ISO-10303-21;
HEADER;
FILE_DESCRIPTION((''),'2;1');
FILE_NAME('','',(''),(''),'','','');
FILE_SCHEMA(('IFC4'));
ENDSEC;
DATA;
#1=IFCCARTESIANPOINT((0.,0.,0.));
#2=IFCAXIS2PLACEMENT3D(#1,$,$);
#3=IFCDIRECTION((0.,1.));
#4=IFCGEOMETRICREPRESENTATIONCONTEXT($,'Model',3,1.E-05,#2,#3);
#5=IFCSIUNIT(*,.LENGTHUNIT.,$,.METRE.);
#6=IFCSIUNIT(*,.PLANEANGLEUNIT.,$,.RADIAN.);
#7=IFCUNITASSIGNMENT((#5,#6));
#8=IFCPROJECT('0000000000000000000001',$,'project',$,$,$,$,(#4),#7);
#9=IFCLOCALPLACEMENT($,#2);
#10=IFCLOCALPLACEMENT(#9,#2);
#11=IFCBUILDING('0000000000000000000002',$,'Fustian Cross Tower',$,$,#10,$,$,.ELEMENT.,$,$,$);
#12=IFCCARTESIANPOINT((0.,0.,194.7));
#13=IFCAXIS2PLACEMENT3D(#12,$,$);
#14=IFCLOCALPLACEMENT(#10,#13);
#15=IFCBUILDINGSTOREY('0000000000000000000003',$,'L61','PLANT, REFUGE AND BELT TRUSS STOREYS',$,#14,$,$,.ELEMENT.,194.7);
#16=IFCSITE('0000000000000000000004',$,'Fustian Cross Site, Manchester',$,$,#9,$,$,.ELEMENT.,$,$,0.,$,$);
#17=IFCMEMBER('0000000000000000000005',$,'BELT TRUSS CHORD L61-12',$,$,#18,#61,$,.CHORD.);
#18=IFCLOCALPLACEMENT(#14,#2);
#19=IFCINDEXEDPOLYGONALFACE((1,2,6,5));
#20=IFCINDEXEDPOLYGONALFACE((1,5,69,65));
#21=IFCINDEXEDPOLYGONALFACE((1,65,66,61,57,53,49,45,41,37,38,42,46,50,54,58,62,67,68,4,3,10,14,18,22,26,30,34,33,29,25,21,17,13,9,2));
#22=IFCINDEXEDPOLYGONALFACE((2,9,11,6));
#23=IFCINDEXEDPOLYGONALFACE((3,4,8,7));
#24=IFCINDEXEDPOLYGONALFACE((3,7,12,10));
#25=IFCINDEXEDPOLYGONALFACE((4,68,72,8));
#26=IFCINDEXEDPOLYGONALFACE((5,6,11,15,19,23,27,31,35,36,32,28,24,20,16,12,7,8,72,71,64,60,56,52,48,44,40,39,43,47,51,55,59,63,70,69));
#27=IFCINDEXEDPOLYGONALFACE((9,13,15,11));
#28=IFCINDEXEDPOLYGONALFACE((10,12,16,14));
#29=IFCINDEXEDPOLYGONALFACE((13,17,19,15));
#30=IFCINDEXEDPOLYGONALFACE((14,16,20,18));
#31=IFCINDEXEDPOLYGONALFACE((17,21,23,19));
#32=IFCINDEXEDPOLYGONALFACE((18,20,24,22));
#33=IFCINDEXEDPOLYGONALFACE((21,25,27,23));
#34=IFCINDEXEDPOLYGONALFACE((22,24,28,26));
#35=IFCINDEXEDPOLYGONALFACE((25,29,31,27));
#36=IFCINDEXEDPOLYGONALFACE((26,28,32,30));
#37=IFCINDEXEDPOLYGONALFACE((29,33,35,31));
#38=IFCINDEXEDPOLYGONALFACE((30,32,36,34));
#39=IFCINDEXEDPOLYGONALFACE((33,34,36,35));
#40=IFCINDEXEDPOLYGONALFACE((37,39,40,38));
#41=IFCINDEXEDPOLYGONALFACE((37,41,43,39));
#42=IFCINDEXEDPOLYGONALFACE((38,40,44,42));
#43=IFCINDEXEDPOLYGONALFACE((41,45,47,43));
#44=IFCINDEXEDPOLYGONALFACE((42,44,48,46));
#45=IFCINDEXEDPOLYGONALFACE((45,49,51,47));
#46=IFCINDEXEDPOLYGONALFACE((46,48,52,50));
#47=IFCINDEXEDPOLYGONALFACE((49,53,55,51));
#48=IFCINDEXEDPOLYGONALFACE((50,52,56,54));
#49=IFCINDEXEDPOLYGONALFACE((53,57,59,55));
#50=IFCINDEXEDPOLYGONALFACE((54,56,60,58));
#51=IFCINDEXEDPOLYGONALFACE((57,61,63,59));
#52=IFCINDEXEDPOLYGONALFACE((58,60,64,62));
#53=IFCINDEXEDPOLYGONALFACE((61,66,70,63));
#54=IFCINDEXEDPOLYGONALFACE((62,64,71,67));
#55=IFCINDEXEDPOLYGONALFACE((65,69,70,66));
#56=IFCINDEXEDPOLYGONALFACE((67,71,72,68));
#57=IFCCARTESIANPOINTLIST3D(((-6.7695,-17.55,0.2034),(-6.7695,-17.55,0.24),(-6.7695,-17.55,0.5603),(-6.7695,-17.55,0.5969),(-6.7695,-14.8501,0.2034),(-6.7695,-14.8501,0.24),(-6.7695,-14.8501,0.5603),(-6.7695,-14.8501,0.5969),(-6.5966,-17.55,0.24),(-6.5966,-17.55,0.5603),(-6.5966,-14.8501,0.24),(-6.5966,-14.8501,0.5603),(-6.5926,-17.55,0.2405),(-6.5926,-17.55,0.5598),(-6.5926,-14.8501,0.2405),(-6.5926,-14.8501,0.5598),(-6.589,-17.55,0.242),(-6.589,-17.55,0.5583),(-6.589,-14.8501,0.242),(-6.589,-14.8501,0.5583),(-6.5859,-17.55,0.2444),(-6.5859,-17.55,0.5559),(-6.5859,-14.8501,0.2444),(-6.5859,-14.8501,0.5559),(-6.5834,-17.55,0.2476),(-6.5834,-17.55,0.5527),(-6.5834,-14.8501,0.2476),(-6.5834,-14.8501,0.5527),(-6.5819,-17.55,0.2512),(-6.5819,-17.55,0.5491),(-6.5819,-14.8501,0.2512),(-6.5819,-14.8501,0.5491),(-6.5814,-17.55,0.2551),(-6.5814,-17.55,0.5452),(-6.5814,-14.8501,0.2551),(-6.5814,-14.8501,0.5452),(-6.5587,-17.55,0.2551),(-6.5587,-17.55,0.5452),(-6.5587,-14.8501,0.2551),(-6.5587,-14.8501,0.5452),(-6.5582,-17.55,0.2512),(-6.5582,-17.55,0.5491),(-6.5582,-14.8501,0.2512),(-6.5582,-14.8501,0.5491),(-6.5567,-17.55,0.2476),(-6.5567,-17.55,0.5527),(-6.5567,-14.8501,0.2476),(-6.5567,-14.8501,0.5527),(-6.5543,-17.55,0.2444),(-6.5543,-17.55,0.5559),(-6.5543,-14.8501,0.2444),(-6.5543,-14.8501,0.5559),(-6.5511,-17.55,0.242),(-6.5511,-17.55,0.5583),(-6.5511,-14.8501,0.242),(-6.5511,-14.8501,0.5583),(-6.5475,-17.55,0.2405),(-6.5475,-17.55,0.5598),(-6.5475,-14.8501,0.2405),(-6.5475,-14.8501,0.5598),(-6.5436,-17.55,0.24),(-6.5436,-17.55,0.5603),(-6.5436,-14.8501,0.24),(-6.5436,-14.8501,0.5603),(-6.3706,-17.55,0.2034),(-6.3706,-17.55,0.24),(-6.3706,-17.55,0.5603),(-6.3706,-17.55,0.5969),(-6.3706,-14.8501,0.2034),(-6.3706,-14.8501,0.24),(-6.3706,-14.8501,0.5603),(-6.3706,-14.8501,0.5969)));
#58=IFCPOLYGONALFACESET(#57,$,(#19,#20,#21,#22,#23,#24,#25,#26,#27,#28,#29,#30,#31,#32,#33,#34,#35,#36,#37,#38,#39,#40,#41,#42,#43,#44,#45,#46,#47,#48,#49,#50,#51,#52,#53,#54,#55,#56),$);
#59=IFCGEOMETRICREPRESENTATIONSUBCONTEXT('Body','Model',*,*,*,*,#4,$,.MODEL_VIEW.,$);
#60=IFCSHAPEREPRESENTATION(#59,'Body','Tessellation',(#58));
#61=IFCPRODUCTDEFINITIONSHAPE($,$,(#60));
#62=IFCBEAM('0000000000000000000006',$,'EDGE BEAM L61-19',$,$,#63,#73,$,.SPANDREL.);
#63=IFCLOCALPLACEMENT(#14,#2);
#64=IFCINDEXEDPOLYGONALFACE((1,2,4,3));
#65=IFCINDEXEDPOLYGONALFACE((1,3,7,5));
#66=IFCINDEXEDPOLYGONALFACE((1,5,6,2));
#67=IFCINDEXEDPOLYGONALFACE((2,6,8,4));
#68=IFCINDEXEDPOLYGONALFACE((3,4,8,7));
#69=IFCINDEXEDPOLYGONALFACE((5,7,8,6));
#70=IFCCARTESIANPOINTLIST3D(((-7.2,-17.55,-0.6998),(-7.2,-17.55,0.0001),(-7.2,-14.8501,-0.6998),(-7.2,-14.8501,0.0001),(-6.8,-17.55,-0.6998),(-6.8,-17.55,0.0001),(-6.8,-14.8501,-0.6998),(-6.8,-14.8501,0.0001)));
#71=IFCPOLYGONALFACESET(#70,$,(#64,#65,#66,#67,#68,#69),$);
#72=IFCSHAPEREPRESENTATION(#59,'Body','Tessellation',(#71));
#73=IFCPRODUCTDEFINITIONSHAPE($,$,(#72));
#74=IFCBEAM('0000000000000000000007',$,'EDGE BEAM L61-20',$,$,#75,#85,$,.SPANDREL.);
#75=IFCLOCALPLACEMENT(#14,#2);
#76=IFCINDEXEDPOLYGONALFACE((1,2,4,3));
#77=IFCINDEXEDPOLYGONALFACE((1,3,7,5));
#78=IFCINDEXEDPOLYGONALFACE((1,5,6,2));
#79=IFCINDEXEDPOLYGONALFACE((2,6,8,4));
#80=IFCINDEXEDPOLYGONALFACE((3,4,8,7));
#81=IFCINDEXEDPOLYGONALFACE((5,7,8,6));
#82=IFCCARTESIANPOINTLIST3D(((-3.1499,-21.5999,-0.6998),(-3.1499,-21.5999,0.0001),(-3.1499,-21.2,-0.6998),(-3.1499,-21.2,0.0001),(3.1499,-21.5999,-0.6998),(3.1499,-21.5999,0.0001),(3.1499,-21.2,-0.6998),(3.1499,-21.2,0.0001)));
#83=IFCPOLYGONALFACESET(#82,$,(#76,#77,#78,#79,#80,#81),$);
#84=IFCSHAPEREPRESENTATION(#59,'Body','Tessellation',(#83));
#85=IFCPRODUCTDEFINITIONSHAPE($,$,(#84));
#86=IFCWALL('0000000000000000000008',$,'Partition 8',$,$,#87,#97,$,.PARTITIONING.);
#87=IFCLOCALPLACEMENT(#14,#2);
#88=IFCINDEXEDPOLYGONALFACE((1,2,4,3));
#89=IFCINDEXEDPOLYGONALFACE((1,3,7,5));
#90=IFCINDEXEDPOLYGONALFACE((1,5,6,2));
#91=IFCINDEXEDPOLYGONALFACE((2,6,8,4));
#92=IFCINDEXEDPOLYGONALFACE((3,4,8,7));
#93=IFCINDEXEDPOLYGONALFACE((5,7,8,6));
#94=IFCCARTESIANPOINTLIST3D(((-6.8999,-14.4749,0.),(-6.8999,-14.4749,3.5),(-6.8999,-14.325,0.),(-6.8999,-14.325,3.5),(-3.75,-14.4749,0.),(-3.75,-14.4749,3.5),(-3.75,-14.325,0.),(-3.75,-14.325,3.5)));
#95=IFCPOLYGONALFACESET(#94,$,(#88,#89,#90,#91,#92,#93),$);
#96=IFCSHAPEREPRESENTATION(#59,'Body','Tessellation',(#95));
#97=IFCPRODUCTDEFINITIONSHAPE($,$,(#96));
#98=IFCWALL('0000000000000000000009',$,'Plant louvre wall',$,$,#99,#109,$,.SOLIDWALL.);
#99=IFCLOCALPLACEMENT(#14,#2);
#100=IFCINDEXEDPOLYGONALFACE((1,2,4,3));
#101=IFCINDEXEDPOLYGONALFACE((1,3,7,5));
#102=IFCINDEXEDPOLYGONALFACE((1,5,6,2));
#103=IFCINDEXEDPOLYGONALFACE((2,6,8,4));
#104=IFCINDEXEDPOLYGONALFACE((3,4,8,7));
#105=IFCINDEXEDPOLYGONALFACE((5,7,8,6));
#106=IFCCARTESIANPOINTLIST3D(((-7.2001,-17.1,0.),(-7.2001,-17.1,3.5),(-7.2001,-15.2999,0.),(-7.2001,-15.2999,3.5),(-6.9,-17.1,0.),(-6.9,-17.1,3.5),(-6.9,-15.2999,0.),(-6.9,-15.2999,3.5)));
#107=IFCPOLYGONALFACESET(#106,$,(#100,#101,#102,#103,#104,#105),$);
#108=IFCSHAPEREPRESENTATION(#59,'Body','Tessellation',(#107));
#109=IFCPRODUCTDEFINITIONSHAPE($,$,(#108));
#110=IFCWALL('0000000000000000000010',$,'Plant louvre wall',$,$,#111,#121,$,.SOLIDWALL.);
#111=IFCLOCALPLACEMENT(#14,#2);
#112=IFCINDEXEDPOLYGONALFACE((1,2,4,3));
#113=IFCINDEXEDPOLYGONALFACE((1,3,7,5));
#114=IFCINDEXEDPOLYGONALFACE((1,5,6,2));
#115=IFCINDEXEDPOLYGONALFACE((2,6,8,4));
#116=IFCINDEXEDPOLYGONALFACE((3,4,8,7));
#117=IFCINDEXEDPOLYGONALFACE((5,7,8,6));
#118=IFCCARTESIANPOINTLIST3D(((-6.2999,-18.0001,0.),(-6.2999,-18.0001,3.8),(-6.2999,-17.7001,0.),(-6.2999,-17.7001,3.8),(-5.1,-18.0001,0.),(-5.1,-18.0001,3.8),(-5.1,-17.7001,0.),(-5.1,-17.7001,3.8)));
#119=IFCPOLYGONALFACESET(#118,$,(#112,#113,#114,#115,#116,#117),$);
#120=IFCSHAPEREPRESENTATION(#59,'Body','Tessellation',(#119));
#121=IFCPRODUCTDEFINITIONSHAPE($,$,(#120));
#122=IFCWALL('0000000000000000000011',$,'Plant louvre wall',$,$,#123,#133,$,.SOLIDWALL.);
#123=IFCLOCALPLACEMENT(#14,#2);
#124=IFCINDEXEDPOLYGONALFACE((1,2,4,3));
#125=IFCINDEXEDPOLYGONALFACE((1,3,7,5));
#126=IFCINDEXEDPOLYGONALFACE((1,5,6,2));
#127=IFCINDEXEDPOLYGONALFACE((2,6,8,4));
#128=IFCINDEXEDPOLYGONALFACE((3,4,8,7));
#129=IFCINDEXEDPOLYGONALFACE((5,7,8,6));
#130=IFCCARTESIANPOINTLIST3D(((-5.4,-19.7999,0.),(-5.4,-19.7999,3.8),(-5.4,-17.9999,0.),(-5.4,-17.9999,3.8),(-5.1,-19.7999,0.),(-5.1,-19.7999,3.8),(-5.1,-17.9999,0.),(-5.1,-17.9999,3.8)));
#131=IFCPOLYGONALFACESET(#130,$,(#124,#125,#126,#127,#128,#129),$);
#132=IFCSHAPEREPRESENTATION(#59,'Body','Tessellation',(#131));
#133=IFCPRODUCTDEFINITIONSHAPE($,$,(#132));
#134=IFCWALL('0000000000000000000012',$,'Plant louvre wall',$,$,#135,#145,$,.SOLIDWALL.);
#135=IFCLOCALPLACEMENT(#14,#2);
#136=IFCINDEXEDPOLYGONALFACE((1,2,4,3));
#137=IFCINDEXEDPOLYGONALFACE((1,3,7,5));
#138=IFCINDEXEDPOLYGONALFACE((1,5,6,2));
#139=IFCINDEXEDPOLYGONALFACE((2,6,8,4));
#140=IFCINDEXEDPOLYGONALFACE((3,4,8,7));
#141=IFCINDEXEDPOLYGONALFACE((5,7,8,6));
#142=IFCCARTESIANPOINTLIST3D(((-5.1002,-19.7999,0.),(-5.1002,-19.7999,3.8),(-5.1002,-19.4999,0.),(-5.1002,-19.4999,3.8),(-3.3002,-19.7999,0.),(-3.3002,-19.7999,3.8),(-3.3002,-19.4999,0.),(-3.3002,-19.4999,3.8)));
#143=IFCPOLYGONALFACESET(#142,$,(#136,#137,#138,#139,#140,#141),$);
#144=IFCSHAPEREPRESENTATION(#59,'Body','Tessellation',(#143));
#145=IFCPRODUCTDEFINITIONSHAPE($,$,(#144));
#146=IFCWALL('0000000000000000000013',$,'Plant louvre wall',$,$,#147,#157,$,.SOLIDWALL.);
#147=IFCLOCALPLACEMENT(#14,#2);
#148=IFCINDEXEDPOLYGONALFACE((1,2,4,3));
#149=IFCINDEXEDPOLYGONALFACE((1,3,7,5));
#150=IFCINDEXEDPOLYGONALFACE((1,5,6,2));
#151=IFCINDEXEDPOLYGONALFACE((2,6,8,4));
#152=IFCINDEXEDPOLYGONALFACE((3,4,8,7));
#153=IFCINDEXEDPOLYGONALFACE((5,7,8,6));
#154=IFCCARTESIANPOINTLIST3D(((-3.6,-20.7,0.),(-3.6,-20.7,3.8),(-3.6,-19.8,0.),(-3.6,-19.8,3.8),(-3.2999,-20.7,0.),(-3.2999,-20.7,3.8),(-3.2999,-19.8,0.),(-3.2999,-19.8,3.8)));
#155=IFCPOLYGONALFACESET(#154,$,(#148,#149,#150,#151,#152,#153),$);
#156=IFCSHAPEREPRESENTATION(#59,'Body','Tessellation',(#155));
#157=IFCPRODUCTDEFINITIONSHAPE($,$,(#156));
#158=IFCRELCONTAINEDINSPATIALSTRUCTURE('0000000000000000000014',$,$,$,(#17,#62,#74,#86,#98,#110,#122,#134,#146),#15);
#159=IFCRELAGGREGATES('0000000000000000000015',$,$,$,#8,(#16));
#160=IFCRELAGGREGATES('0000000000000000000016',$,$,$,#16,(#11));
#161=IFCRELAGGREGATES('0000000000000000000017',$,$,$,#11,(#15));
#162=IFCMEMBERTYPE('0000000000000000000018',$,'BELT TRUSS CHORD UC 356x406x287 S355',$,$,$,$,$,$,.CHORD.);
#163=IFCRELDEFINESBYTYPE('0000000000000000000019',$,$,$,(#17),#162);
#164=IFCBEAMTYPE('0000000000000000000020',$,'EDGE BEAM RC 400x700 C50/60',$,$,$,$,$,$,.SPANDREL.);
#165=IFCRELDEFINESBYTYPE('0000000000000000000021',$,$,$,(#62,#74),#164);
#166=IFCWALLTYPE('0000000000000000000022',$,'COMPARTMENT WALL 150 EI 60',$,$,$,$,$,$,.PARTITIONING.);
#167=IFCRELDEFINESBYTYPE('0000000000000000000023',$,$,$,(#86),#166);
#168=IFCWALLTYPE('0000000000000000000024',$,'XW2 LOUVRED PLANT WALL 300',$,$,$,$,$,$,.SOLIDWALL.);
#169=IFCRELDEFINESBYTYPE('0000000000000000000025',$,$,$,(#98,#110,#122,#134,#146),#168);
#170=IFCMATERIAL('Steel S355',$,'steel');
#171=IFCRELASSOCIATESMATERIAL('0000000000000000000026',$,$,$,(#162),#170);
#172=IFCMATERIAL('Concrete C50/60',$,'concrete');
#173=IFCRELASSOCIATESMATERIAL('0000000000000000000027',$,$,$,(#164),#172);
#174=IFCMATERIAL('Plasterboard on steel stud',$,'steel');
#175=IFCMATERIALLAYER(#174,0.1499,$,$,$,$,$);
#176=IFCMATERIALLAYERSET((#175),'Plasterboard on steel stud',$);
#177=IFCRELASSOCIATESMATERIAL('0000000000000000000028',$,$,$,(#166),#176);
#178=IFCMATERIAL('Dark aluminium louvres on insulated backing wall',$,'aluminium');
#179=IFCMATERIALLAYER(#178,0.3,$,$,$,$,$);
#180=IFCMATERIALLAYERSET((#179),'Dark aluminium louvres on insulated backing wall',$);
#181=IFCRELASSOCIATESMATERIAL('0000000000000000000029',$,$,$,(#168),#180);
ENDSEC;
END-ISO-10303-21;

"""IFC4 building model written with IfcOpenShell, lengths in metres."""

from ifc_helpers import new_model, si_unit, direction, frame, frame_2d, origin, origin_2d, place, context, subcontext, project, spatial, rectangle, i_section, extrude, material, layer, layer_set, material_profile, profile_set, type_object, element, save


model = new_model("IFC4")

# Units and contexts
model_context = context("Model", 3, precision=1e-05, world=origin(), true_north=direction((0.0, 1.0)))
body_context = subcontext(model_context, "Body", "Model", "MODEL_VIEW")
ifc_project = project(units=[si_unit("LENGTHUNIT", "METRE"), si_unit("PLANEANGLEUNIT", "RADIAN")], contexts=[model_context])

# Site, building, storey
site_placement = place(None, origin())
site = spatial("IfcSite", under=ifc_project, at=site_placement, Name="Fustian Cross Site, Manchester", CompositionType="ELEMENT", RefElevation=0.0)
building_placement = place(site_placement, origin())
building = spatial("IfcBuilding", under=site, at=building_placement, Name="Fustian Cross Tower", CompositionType="ELEMENT")
storey_placement = place(building_placement, frame((0.0, 0.0, 194.7)))
storey = spatial("IfcBuildingStorey", under=building, at=storey_placement, Name="L61", Description="PLANT, REFUGE AND BELT TRUSS STOREYS", CompositionType="ELEMENT", Elevation=194.7)

# Member
ifc_material_1 = material(Name="Steel S355", Category="steel")
ifc_material_profile_1 = material_profile(ifc_material_1, i_section(OverallWidth=0.3989, OverallDepth=0.3936, WebThickness=0.0227, FlangeThickness=0.0366, FilletRadius=0.0151, at=origin_2d()), Name="UC 356x406x287")
ifc_profile_set_1 = profile_set([ifc_material_profile_1], Name="Steel S355")
member_type_1 = type_object("IfcMemberType", Name="BELT TRUSS CHORD UC 356x406x287 S355", PredefinedType="CHORD", material=ifc_profile_set_1)
for number, where, z_axis, x_axis, name in (
    (1, (-6.5701, -14.8501, 0.4001), (0.0, -1.0, 0.0), (1.0, 0.0, 0.0), "BELT TRUSS CHORD L61-12"),
):
    element("IfcMember", number, at=place(storey_placement, frame(where, z_axis=z_axis, x_axis=x_axis)), inside=storey, type_object=member_type_1, Name=name, PredefinedType="CHORD", context=body_context, shape_type="SweptSolid", body=[
        extrude(i_section(OverallWidth=0.3989, OverallDepth=0.3936, WebThickness=0.0227, FlangeThickness=0.0366, FilletRadius=0.0151, at=origin_2d()), origin(), (0.0, 0.0, 1.0), 2.7),
    ])

# Beams
ifc_material_2 = material(Name="Concrete C50/60", Category="concrete")
ifc_material_profile_2 = material_profile(ifc_material_2, rectangle(XDim=0.3999, YDim=0.7, at=origin_2d()), Name="RC 400x700")
ifc_profile_set_2 = profile_set([ifc_material_profile_2], Name="Concrete C50/60")
beam_type = type_object("IfcBeamType", Name="EDGE BEAM RC 400x700 C50/60", PredefinedType="SPANDREL", material=ifc_profile_set_2)
beam_1_placement = place(storey_placement, frame((-7.0, -14.8501, -0.3499), z_axis=(0.0, -1.0, 0.0), x_axis=(1.0, 0.0, 0.0)))
element("IfcBeam", 2, at=beam_1_placement, inside=storey, type_object=beam_type, Name="EDGE BEAM L61-19", PredefinedType="SPANDREL", context=body_context, shape_type="SweptSolid", body=[
    extrude(rectangle(XDim=0.3999, YDim=0.7, at=origin_2d()), origin(), (0.0, 0.0, 1.0), 2.7),
])
beam_2_placement = place(storey_placement, frame((-3.1499, -21.3999, -0.3499), z_axis=(1.0, 0.0, 0.0), x_axis=(0.0, 1.0, 0.0)))
element("IfcBeam", 3, at=beam_2_placement, inside=storey, type_object=beam_type, Name="EDGE BEAM L61-20", PredefinedType="SPANDREL", context=body_context, shape_type="SweptSolid", body=[
    extrude(rectangle(XDim=0.3999, YDim=0.7, at=origin_2d()), origin(), (0.0, 0.0, 1.0), 6.2998),
])

# Walls
ifc_material_3 = material(Name="Plasterboard on steel stud", Category="steel")
ifc_layer_1 = layer(ifc_material_3, 0.1499)
ifc_layer_set_1 = layer_set([ifc_layer_1], Name="Plasterboard on steel stud")
wall_type_1 = type_object("IfcWallType", Name="COMPARTMENT WALL 150 EI 60", PredefinedType="PARTITIONING", material=ifc_layer_set_1)
wall_1_placement = place(storey_placement, frame((-6.8999, -14.3999, 0.0), z_axis=(0.0, 0.0, 1.0), x_axis=(1.0, 0.0, 0.0)))
element("IfcWall", 4, at=wall_1_placement, inside=storey, type_object=wall_type_1, Name="Partition 8", PredefinedType="PARTITIONING", context=body_context, shape_type="SweptSolid", body=[
    extrude(rectangle(XDim=3.1499, YDim=0.1499, at=frame_2d((1.575, 0.0))), origin(), (0.0, 0.0, 1.0), 3.5),
])
ifc_material_4 = material(Name="Dark aluminium louvres on insulated backing wall", Category="aluminium")
ifc_layer_2 = layer(ifc_material_4, 0.3)
ifc_layer_set_2 = layer_set([ifc_layer_2], Name="Dark aluminium louvres on insulated backing wall")
wall_type_2 = type_object("IfcWallType", Name="XW2 LOUVRED PLANT WALL 300", PredefinedType="SOLIDWALL", material=ifc_layer_set_2)
wall_2_placement = place(storey_placement, frame((-7.05, -15.3, 0.0), z_axis=(0.0, 0.0, 1.0), x_axis=(0.0, -1.0, 0.0)))
element("IfcWall", 5, at=wall_2_placement, inside=storey, type_object=wall_type_2, Name="Plant louvre wall", PredefinedType="SOLIDWALL", context=body_context, shape_type="SweptSolid", body=[
    extrude(rectangle(XDim=1.8, YDim=0.3, at=frame_2d((0.8999, 0.0))), origin(), (0.0, 0.0, 1.0), 3.5),
])
wall_3_placement = place(storey_placement, frame((-6.3, -17.8501, 0.0), z_axis=(0.0, 0.0, 1.0), x_axis=(1.0, 0.0, 0.0)))
element("IfcWall", 6, at=wall_3_placement, inside=storey, type_object=wall_type_2, Name="Plant louvre wall", PredefinedType="SOLIDWALL", context=body_context, shape_type="SweptSolid", body=[
    extrude(rectangle(XDim=1.2, YDim=0.3, at=frame_2d((0.6001, 0.0))), origin(), (0.0, 0.0, 1.0), 3.8),
])
for number, where, z_axis, x_axis, name in (
    (7, (-5.25, -18.0, 0.0), (0.0, 0.0, 1.0), (0.0, -1.0, 0.0), "Plant louvre wall"),
    (8, (-5.1001, -19.6499, 0.0), (0.0, 0.0, 1.0), (1.0, 0.0, 0.0), "Plant louvre wall"),
):
    element("IfcWall", number, at=place(storey_placement, frame(where, z_axis=z_axis, x_axis=x_axis)), inside=storey, type_object=wall_type_2, Name=name, PredefinedType="SOLIDWALL", context=body_context, shape_type="SweptSolid", body=[
        extrude(rectangle(XDim=1.8, YDim=0.3, at=frame_2d((0.8999, 0.0))), origin(), (0.0, 0.0, 1.0), 3.8),
    ])
wall_4_placement = place(storey_placement, frame((-3.45, -19.8, 0.0), z_axis=(0.0, 0.0, 1.0), x_axis=(0.0, -1.0, 0.0)))
element("IfcWall", 9, at=wall_4_placement, inside=storey, type_object=wall_type_2, Name="Plant louvre wall", PredefinedType="SOLIDWALL", context=body_context, shape_type="SweptSolid", body=[
    extrude(rectangle(XDim=0.8999, YDim=0.3, at=frame_2d((0.45, 0.0))), origin(), (0.0, 0.0, 1.0), 3.8),
])

save(model, "model.ifc")
